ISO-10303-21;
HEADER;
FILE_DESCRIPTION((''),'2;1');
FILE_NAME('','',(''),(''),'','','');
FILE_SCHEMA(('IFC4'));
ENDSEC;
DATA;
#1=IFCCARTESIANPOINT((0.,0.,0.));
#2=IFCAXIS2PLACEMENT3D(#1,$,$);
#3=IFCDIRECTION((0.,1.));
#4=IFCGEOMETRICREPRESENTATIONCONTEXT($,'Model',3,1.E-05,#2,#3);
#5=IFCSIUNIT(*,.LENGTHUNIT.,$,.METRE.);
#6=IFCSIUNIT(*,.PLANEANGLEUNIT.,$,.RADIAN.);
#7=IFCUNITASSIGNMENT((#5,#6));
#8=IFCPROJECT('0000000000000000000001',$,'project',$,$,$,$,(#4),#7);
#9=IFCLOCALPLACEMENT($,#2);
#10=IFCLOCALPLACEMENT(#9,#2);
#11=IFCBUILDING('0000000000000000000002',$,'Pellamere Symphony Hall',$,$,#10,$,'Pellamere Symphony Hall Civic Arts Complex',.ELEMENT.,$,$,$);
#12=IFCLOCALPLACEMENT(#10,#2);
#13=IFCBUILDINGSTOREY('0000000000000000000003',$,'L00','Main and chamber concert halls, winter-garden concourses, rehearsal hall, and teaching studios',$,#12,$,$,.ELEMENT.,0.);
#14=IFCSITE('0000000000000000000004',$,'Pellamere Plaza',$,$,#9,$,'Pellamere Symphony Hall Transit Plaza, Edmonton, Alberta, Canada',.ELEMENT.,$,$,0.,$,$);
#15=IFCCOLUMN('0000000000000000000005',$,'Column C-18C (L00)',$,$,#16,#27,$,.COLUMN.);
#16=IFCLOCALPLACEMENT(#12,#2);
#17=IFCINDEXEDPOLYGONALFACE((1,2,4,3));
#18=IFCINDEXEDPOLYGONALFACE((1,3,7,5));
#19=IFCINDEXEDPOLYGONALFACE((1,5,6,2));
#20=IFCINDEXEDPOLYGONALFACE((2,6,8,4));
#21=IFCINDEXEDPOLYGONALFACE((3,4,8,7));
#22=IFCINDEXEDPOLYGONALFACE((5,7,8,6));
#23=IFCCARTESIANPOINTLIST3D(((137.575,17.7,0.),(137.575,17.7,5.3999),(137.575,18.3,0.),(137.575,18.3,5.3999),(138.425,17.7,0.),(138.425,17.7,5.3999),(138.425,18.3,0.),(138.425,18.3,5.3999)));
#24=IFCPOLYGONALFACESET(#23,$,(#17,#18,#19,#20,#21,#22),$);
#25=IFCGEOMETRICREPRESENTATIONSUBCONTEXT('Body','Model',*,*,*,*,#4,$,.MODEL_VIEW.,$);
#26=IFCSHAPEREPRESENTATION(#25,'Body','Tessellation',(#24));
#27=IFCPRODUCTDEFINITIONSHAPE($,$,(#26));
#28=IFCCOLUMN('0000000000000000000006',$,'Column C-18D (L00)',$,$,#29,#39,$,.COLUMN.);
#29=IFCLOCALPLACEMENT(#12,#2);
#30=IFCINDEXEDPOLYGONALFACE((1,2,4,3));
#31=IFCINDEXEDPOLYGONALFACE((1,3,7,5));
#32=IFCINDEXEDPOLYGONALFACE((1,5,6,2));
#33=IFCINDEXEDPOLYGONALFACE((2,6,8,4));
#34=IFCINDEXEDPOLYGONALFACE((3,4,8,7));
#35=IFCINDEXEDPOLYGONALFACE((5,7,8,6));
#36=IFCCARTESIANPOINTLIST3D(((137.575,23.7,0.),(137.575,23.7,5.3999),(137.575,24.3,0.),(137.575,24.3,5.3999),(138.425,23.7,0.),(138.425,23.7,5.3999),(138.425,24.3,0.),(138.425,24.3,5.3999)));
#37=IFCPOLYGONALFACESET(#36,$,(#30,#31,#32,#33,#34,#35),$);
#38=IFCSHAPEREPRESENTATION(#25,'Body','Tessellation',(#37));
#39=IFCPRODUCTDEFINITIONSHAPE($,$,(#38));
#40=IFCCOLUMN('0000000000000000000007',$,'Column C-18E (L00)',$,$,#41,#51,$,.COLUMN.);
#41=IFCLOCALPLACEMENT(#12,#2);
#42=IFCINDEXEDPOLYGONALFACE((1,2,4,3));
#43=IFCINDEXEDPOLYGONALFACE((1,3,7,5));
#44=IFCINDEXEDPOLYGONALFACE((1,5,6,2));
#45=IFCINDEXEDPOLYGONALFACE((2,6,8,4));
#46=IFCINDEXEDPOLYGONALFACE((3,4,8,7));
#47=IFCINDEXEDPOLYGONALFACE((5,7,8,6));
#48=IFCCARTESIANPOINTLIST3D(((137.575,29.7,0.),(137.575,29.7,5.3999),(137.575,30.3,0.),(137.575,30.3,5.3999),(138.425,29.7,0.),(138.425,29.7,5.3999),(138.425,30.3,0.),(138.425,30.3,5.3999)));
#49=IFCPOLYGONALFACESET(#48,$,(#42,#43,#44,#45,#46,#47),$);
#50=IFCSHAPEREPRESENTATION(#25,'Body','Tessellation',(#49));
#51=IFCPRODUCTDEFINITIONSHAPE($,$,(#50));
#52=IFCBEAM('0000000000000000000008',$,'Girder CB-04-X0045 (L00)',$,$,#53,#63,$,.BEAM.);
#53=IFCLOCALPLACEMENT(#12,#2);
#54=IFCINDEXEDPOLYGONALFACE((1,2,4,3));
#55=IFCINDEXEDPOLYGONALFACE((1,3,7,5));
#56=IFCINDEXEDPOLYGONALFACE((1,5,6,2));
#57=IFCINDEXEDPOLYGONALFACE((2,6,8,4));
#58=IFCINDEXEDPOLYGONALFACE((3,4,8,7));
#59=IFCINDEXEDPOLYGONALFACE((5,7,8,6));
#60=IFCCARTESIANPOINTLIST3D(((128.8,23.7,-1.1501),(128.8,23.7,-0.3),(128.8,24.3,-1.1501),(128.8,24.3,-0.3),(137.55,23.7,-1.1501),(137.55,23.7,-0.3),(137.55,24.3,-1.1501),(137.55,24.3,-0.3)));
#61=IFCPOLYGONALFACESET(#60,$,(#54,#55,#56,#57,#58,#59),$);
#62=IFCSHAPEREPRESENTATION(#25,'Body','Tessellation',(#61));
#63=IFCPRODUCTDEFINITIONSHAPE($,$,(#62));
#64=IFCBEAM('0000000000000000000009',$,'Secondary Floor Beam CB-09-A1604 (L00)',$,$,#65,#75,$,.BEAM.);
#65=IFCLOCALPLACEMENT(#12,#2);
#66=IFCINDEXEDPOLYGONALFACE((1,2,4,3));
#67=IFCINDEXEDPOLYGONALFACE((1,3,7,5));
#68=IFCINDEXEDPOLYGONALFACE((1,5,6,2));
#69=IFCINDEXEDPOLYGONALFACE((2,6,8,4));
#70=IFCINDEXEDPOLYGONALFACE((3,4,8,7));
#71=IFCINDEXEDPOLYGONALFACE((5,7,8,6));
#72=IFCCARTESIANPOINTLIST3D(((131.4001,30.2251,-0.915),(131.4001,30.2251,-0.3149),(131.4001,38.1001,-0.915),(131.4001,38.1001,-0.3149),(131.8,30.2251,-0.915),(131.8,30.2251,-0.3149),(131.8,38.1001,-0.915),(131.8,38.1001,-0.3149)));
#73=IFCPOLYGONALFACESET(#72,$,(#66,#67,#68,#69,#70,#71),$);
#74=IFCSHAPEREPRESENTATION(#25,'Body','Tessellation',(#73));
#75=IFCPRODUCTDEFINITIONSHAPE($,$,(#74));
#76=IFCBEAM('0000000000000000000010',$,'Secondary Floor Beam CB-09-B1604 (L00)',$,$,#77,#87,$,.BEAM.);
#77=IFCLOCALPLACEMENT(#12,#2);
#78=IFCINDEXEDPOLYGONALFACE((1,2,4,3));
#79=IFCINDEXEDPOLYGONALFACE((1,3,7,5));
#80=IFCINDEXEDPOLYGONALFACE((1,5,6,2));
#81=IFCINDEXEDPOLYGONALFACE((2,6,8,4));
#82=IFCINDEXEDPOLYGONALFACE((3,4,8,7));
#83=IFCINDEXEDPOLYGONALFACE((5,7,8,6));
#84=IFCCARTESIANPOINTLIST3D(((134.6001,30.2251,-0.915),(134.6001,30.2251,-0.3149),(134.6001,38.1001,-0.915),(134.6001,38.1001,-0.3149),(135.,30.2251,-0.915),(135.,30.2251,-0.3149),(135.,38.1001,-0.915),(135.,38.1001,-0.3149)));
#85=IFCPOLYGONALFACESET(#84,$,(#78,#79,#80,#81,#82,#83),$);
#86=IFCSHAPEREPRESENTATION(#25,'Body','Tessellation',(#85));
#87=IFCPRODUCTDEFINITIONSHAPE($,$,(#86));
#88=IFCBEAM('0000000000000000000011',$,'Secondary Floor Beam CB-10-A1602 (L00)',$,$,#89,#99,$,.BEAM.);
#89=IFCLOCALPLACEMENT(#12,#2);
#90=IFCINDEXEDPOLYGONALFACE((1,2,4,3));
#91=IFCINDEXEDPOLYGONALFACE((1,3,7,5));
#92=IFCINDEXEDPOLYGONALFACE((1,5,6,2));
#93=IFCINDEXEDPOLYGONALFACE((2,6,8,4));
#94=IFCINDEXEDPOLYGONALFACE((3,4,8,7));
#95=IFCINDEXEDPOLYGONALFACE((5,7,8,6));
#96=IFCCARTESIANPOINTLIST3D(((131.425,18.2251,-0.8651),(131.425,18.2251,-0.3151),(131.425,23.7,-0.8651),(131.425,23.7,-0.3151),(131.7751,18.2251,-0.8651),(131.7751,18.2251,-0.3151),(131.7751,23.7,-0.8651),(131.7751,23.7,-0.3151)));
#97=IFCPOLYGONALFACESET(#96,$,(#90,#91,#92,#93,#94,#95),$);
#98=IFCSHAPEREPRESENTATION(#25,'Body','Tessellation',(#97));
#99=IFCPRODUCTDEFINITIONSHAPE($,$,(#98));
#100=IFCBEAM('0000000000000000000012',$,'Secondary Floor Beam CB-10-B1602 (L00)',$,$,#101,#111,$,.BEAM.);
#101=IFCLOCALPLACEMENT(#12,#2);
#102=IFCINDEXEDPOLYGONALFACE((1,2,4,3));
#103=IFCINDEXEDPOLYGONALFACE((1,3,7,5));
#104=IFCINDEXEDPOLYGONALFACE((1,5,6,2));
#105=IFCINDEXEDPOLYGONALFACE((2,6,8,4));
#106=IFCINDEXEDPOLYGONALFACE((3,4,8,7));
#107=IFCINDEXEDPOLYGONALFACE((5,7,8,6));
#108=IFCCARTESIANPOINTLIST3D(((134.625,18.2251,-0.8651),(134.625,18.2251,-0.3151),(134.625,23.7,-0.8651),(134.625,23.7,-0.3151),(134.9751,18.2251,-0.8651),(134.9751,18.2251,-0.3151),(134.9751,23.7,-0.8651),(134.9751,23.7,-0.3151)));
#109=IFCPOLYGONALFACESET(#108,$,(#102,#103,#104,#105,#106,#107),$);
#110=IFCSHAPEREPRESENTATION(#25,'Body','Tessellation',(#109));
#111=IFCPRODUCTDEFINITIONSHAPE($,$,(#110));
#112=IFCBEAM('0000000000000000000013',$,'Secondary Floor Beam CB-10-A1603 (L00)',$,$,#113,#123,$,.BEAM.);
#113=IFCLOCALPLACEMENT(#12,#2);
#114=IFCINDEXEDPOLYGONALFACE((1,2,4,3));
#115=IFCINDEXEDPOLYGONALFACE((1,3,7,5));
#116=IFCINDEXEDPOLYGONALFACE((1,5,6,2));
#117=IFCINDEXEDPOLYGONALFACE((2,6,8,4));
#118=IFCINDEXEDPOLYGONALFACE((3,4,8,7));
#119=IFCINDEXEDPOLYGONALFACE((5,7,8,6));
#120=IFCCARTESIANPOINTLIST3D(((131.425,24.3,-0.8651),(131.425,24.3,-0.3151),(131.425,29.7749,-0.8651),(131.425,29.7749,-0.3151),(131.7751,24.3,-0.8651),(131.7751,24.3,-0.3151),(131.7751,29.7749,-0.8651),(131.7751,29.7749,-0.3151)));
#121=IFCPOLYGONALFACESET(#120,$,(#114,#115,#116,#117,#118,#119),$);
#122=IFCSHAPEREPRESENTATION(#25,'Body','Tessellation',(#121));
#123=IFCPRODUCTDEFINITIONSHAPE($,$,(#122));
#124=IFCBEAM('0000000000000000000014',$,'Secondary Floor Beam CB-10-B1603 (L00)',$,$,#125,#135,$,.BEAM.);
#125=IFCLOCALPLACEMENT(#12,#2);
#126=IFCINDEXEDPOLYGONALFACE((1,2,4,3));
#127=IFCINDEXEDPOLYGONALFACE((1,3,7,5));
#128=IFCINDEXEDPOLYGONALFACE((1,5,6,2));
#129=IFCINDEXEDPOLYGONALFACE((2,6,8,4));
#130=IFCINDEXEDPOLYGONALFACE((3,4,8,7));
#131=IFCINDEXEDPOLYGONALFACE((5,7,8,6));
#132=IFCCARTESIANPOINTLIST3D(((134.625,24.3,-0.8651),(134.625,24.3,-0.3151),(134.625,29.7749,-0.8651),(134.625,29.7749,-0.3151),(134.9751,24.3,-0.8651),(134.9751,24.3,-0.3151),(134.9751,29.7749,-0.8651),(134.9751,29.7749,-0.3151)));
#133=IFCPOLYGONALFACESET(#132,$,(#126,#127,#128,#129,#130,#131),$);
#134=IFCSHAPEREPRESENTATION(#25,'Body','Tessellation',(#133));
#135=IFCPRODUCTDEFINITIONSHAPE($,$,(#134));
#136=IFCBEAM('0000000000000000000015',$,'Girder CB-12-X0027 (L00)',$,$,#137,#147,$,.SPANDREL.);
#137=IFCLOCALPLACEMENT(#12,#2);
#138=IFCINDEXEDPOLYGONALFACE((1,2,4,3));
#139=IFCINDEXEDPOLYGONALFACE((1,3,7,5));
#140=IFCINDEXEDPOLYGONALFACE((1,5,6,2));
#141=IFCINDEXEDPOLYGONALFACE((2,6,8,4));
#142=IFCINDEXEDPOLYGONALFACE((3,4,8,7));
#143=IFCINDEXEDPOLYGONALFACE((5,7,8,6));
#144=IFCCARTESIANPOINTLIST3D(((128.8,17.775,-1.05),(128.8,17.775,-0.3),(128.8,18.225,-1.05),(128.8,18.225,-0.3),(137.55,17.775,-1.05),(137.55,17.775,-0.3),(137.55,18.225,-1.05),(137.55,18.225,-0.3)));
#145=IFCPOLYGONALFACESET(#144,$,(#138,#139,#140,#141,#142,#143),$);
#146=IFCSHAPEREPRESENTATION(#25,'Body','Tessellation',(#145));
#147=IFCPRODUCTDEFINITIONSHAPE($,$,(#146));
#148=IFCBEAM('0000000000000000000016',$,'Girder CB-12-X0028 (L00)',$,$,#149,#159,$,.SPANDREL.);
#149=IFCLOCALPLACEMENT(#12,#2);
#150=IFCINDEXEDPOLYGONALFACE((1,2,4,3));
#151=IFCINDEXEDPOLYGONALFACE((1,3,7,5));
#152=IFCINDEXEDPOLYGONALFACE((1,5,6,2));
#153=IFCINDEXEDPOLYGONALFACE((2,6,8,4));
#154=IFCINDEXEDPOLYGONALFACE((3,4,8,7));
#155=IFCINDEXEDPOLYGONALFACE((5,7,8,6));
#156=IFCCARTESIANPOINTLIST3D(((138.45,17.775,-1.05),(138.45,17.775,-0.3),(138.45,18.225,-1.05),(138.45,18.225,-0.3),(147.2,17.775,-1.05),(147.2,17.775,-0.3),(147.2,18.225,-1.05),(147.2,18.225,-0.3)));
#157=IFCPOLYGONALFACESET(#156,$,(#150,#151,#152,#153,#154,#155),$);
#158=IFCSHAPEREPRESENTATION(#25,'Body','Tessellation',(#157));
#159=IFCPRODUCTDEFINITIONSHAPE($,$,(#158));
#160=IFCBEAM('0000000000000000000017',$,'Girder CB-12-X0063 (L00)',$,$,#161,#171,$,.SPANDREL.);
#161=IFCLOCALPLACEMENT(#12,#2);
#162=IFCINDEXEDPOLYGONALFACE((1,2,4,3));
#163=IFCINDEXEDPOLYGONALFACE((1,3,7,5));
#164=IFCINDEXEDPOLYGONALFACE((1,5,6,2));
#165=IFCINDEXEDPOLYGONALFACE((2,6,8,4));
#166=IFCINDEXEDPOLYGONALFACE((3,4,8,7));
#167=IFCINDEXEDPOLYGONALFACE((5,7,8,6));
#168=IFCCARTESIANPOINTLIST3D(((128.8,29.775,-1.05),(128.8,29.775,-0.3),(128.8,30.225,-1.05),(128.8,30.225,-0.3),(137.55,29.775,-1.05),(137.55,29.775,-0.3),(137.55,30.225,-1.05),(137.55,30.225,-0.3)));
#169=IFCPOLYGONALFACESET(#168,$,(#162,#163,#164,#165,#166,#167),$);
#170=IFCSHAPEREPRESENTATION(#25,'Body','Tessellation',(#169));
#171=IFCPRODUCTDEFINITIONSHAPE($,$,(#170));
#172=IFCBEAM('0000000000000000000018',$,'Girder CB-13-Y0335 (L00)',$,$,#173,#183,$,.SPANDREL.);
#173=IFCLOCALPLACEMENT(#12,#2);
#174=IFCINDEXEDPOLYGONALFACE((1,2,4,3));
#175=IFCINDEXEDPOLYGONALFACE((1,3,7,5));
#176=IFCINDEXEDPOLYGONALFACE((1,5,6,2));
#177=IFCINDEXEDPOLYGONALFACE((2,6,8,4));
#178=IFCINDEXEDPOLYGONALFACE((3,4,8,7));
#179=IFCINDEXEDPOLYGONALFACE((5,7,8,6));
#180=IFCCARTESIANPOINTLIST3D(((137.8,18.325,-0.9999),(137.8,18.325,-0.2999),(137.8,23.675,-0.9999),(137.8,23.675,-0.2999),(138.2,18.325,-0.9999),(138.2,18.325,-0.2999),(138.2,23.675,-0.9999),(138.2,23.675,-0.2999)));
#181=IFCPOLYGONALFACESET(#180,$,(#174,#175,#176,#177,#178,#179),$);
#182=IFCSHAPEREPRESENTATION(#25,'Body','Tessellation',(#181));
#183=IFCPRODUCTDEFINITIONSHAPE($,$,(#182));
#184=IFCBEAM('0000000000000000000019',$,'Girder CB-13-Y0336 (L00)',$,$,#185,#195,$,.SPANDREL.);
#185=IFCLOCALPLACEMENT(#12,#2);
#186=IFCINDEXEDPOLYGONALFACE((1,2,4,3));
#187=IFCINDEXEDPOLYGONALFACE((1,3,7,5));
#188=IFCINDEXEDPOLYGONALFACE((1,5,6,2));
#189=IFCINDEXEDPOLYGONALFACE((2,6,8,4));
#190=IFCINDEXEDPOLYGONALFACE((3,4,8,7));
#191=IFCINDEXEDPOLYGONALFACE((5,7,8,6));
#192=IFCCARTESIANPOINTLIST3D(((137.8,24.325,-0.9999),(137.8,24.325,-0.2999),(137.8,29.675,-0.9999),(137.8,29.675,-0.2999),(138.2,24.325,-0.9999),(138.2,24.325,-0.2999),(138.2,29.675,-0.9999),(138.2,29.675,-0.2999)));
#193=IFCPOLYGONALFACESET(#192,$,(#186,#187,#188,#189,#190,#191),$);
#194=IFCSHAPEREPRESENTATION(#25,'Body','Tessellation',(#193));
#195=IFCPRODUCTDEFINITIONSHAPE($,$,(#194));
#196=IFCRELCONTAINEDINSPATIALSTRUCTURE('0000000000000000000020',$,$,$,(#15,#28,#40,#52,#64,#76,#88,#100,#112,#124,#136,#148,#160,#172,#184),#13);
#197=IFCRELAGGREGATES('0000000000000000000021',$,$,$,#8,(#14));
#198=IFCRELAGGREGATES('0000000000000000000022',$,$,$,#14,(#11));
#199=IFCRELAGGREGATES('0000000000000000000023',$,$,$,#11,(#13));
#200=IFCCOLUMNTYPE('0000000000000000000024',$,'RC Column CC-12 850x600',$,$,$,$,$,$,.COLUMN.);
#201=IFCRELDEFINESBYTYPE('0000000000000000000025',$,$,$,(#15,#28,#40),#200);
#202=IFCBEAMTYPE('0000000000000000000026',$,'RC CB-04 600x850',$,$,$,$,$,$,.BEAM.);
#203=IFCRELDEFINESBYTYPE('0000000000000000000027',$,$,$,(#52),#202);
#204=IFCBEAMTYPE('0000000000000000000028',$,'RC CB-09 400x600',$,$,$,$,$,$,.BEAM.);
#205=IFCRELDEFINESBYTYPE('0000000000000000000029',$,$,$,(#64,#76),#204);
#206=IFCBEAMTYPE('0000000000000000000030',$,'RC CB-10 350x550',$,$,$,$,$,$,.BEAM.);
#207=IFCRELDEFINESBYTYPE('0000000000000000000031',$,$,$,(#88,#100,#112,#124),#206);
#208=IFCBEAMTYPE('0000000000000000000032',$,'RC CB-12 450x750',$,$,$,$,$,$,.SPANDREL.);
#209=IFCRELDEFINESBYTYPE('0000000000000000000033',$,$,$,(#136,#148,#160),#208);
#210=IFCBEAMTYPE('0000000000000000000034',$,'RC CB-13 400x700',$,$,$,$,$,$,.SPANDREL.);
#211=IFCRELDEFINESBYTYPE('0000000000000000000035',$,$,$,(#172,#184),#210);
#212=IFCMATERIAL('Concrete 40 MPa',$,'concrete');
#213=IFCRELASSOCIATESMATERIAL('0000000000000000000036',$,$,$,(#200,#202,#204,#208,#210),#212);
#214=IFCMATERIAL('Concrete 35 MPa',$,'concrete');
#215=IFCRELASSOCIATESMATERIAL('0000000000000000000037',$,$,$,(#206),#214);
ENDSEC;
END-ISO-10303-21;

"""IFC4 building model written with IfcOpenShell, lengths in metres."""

from ifc_helpers import new_model, si_unit, direction, frame, origin, origin_2d, place, context, subcontext, project, spatial, rectangle, extrude, material, material_profile, profile_set, type_object, element, save


model = new_model("IFC4")

# Units and contexts
model_context = context("Model", 3, precision=1e-05, world=origin(), true_north=direction((0.0, 1.0)))
body_context = subcontext(model_context, "Body", "Model", "MODEL_VIEW")
ifc_project = project(units=[si_unit("LENGTHUNIT", "METRE"), si_unit("PLANEANGLEUNIT", "RADIAN")], contexts=[model_context])

# Site, building, storey
site_placement = place(None, origin())
site = spatial("IfcSite", under=ifc_project, at=site_placement, Name="Pellamere Plaza", LongName="Pellamere Symphony Hall Transit Plaza, Edmonton, Alberta, Canada", CompositionType="ELEMENT", RefElevation=0.0)
building_placement = place(site_placement, origin())
building = spatial("IfcBuilding", under=site, at=building_placement, Name="Pellamere Symphony Hall", LongName="Pellamere Symphony Hall Civic Arts Complex", CompositionType="ELEMENT")
storey_placement = place(building_placement, origin())
storey = spatial("IfcBuildingStorey", under=building, at=storey_placement, Name="L00", Description="Main and chamber concert halls, winter-garden concourses, rehearsal hall, and teaching studios", CompositionType="ELEMENT", Elevation=0.0)

# Columns
ifc_material_1 = material(Name="Concrete 40 MPa", Category="concrete")
ifc_material_profile_1 = material_profile(ifc_material_1, rectangle(XDim=0.8501, YDim=0.6001, at=origin_2d()), Name="RC 850x600")
ifc_profile_set_1 = profile_set([ifc_material_profile_1], Name="Concrete 40 MPa")
column_type = type_object("IfcColumnType", Name="RC Column CC-12 850x600", PredefinedType="COLUMN", material=ifc_profile_set_1)
for number, where, z_axis, x_axis, name in (
    (1, (138.0, 18.0, 0.0), (0.0, 0.0, 1.0), (1.0, 0.0, 0.0), "Column C-18C (L00)"),
    (2, (138.0, 24.0, 0.0), (0.0, 0.0, 1.0), (1.0, 0.0, 0.0), "Column C-18D (L00)"),
    (3, (138.0, 30.0, 0.0), (0.0, 0.0, 1.0), (1.0, 0.0, 0.0), "Column C-18E (L00)"),
):
    element("IfcColumn", number, at=place(storey_placement, frame(where, z_axis=z_axis, x_axis=x_axis)), inside=storey, type_object=column_type, Name=name, PredefinedType="COLUMN", context=body_context, shape_type="SweptSolid", body=[
        extrude(rectangle(XDim=0.8501, YDim=0.6001, at=origin_2d()), origin(), (0.0, 0.0, 1.0), 5.3999),
    ])

# Beams
ifc_material_profile_2 = material_profile(ifc_material_1, rectangle(XDim=0.6001, YDim=0.8501, at=origin_2d()), Name="RC 600x850")
ifc_profile_set_2 = profile_set([ifc_material_profile_2], Name="Concrete 40 MPa")
beam_type_1 = type_object("IfcBeamType", Name="RC CB-04 600x850", PredefinedType="BEAM", material=ifc_profile_set_2)
beam_placement = place(storey_placement, frame((128.8, 24.0, -0.7251), z_axis=(1.0, 0.0, 0.0), x_axis=(0.0, 1.0, 0.0)))
element("IfcBeam", 4, at=beam_placement, inside=storey, type_object=beam_type_1, Name="Girder CB-04-X0045 (L00)", PredefinedType="BEAM", context=body_context, shape_type="SweptSolid", body=[
    extrude(rectangle(XDim=0.6001, YDim=0.8501, at=origin_2d()), origin(), (0.0, 0.0, 1.0), 8.75),
])
ifc_material_profile_3 = material_profile(ifc_material_1, rectangle(XDim=0.3999, YDim=0.6001, at=origin_2d()), Name="RC 400x600")
ifc_profile_set_3 = profile_set([ifc_material_profile_3], Name="Concrete 40 MPa")
beam_type_2 = type_object("IfcBeamType", Name="RC CB-09 400x600", PredefinedType="BEAM", material=ifc_profile_set_3)
for number, where, z_axis, x_axis, name in (
    (5, (131.6001, 30.2251, -0.615), (0.0, 1.0, 0.0), (-1.0, 0.0, 0.0), "Secondary Floor Beam CB-09-A1604 (L00)"),
    (6, (134.8, 30.2251, -0.615), (0.0, 1.0, 0.0), (-1.0, 0.0, 0.0), "Secondary Floor Beam CB-09-B1604 (L00)"),
):
    element("IfcBeam", number, at=place(storey_placement, frame(where, z_axis=z_axis, x_axis=x_axis)), inside=storey, type_object=beam_type_2, Name=name, PredefinedType="BEAM", context=body_context, shape_type="SweptSolid", body=[
        extrude(rectangle(XDim=0.3999, YDim=0.6001, at=origin_2d()), origin(), (0.0, 0.0, 1.0), 7.875),
    ])
ifc_material_2 = material(Name="Concrete 35 MPa", Category="concrete")
ifc_material_profile_4 = material_profile(ifc_material_2, rectangle(XDim=0.3501, YDim=0.55, at=origin_2d()), Name="RC 350x550")
ifc_profile_set_4 = profile_set([ifc_material_profile_4], Name="Concrete 35 MPa")
beam_type_3 = type_object("IfcBeamType", Name="RC CB-10 350x550", PredefinedType="BEAM", material=ifc_profile_set_4)
for number, where, z_axis, x_axis, name in (
    (7, (131.6001, 18.2251, -0.5901), (0.0, 1.0, 0.0), (-1.0, 0.0, 0.0), "Secondary Floor Beam CB-10-A1602 (L00)"),
    (8, (134.8, 18.2251, -0.5901), (0.0, 1.0, 0.0), (-1.0, 0.0, 0.0), "Secondary Floor Beam CB-10-B1602 (L00)"),
    (9, (131.6001, 24.3, -0.5901), (0.0, 1.0, 0.0), (-1.0, 0.0, 0.0), "Secondary Floor Beam CB-10-A1603 (L00)"),
    (10, (134.8, 24.3, -0.5901), (0.0, 1.0, 0.0), (-1.0, 0.0, 0.0), "Secondary Floor Beam CB-10-B1603 (L00)"),
):
    element("IfcBeam", number, at=place(storey_placement, frame(where, z_axis=z_axis, x_axis=x_axis)), inside=storey, type_object=beam_type_3, Name=name, PredefinedType="BEAM", context=body_context, shape_type="SweptSolid", body=[
        extrude(rectangle(XDim=0.3501, YDim=0.55, at=origin_2d()), origin(), (0.0, 0.0, 1.0), 5.4749),
    ])
ifc_material_profile_5 = material_profile(ifc_material_1, rectangle(XDim=0.45, YDim=0.75, at=origin_2d()), Name="RC 450x750")
ifc_profile_set_5 = profile_set([ifc_material_profile_5], Name="Concrete 40 MPa")
beam_type_4 = type_object("IfcBeamType", Name="RC CB-12 450x750", PredefinedType="SPANDREL", material=ifc_profile_set_5)
for number, where, z_axis, x_axis, name in (
    (11, (128.8, 18.0, -0.675), (1.0, 0.0, 0.0), (0.0, 1.0, 0.0), "Girder CB-12-X0027 (L00)"),
    (12, (138.45, 18.0, -0.675), (1.0, 0.0, 0.0), (0.0, 1.0, 0.0), "Girder CB-12-X0028 (L00)"),
    (13, (128.8, 30.0, -0.675), (1.0, 0.0, 0.0), (0.0, 1.0, 0.0), "Girder CB-12-X0063 (L00)"),
):
    element("IfcBeam", number, at=place(storey_placement, frame(where, z_axis=z_axis, x_axis=x_axis)), inside=storey, type_object=beam_type_4, Name=name, PredefinedType="SPANDREL", context=body_context, shape_type="SweptSolid", body=[
        extrude(rectangle(XDim=0.45, YDim=0.75, at=origin_2d()), origin(), (0.0, 0.0, 1.0), 8.75),
    ])
ifc_material_profile_6 = material_profile(ifc_material_1, rectangle(XDim=0.3999, YDim=0.7, at=origin_2d()), Name="RC 400x700")
ifc_profile_set_6 = profile_set([ifc_material_profile_6], Name="Concrete 40 MPa")
beam_type_5 = type_object("IfcBeamType", Name="RC CB-13 400x700", PredefinedType="SPANDREL", material=ifc_profile_set_6)
for number, where, z_axis, x_axis, name in (
    (14, (138.0, 18.325, -0.6499), (0.0, 1.0, 0.0), (-1.0, 0.0, 0.0), "Girder CB-13-Y0335 (L00)"),
    (15, (138.0, 24.325, -0.6499), (0.0, 1.0, 0.0), (-1.0, 0.0, 0.0), "Girder CB-13-Y0336 (L00)"),
):
    element("IfcBeam", number, at=place(storey_placement, frame(where, z_axis=z_axis, x_axis=x_axis)), inside=storey, type_object=beam_type_5, Name=name, PredefinedType="SPANDREL", context=body_context, shape_type="SweptSolid", body=[
        extrude(rectangle(XDim=0.3999, YDim=0.7, at=origin_2d()), origin(), (0.0, 0.0, 1.0), 5.3501),
    ])

save(model, "model.ifc")
